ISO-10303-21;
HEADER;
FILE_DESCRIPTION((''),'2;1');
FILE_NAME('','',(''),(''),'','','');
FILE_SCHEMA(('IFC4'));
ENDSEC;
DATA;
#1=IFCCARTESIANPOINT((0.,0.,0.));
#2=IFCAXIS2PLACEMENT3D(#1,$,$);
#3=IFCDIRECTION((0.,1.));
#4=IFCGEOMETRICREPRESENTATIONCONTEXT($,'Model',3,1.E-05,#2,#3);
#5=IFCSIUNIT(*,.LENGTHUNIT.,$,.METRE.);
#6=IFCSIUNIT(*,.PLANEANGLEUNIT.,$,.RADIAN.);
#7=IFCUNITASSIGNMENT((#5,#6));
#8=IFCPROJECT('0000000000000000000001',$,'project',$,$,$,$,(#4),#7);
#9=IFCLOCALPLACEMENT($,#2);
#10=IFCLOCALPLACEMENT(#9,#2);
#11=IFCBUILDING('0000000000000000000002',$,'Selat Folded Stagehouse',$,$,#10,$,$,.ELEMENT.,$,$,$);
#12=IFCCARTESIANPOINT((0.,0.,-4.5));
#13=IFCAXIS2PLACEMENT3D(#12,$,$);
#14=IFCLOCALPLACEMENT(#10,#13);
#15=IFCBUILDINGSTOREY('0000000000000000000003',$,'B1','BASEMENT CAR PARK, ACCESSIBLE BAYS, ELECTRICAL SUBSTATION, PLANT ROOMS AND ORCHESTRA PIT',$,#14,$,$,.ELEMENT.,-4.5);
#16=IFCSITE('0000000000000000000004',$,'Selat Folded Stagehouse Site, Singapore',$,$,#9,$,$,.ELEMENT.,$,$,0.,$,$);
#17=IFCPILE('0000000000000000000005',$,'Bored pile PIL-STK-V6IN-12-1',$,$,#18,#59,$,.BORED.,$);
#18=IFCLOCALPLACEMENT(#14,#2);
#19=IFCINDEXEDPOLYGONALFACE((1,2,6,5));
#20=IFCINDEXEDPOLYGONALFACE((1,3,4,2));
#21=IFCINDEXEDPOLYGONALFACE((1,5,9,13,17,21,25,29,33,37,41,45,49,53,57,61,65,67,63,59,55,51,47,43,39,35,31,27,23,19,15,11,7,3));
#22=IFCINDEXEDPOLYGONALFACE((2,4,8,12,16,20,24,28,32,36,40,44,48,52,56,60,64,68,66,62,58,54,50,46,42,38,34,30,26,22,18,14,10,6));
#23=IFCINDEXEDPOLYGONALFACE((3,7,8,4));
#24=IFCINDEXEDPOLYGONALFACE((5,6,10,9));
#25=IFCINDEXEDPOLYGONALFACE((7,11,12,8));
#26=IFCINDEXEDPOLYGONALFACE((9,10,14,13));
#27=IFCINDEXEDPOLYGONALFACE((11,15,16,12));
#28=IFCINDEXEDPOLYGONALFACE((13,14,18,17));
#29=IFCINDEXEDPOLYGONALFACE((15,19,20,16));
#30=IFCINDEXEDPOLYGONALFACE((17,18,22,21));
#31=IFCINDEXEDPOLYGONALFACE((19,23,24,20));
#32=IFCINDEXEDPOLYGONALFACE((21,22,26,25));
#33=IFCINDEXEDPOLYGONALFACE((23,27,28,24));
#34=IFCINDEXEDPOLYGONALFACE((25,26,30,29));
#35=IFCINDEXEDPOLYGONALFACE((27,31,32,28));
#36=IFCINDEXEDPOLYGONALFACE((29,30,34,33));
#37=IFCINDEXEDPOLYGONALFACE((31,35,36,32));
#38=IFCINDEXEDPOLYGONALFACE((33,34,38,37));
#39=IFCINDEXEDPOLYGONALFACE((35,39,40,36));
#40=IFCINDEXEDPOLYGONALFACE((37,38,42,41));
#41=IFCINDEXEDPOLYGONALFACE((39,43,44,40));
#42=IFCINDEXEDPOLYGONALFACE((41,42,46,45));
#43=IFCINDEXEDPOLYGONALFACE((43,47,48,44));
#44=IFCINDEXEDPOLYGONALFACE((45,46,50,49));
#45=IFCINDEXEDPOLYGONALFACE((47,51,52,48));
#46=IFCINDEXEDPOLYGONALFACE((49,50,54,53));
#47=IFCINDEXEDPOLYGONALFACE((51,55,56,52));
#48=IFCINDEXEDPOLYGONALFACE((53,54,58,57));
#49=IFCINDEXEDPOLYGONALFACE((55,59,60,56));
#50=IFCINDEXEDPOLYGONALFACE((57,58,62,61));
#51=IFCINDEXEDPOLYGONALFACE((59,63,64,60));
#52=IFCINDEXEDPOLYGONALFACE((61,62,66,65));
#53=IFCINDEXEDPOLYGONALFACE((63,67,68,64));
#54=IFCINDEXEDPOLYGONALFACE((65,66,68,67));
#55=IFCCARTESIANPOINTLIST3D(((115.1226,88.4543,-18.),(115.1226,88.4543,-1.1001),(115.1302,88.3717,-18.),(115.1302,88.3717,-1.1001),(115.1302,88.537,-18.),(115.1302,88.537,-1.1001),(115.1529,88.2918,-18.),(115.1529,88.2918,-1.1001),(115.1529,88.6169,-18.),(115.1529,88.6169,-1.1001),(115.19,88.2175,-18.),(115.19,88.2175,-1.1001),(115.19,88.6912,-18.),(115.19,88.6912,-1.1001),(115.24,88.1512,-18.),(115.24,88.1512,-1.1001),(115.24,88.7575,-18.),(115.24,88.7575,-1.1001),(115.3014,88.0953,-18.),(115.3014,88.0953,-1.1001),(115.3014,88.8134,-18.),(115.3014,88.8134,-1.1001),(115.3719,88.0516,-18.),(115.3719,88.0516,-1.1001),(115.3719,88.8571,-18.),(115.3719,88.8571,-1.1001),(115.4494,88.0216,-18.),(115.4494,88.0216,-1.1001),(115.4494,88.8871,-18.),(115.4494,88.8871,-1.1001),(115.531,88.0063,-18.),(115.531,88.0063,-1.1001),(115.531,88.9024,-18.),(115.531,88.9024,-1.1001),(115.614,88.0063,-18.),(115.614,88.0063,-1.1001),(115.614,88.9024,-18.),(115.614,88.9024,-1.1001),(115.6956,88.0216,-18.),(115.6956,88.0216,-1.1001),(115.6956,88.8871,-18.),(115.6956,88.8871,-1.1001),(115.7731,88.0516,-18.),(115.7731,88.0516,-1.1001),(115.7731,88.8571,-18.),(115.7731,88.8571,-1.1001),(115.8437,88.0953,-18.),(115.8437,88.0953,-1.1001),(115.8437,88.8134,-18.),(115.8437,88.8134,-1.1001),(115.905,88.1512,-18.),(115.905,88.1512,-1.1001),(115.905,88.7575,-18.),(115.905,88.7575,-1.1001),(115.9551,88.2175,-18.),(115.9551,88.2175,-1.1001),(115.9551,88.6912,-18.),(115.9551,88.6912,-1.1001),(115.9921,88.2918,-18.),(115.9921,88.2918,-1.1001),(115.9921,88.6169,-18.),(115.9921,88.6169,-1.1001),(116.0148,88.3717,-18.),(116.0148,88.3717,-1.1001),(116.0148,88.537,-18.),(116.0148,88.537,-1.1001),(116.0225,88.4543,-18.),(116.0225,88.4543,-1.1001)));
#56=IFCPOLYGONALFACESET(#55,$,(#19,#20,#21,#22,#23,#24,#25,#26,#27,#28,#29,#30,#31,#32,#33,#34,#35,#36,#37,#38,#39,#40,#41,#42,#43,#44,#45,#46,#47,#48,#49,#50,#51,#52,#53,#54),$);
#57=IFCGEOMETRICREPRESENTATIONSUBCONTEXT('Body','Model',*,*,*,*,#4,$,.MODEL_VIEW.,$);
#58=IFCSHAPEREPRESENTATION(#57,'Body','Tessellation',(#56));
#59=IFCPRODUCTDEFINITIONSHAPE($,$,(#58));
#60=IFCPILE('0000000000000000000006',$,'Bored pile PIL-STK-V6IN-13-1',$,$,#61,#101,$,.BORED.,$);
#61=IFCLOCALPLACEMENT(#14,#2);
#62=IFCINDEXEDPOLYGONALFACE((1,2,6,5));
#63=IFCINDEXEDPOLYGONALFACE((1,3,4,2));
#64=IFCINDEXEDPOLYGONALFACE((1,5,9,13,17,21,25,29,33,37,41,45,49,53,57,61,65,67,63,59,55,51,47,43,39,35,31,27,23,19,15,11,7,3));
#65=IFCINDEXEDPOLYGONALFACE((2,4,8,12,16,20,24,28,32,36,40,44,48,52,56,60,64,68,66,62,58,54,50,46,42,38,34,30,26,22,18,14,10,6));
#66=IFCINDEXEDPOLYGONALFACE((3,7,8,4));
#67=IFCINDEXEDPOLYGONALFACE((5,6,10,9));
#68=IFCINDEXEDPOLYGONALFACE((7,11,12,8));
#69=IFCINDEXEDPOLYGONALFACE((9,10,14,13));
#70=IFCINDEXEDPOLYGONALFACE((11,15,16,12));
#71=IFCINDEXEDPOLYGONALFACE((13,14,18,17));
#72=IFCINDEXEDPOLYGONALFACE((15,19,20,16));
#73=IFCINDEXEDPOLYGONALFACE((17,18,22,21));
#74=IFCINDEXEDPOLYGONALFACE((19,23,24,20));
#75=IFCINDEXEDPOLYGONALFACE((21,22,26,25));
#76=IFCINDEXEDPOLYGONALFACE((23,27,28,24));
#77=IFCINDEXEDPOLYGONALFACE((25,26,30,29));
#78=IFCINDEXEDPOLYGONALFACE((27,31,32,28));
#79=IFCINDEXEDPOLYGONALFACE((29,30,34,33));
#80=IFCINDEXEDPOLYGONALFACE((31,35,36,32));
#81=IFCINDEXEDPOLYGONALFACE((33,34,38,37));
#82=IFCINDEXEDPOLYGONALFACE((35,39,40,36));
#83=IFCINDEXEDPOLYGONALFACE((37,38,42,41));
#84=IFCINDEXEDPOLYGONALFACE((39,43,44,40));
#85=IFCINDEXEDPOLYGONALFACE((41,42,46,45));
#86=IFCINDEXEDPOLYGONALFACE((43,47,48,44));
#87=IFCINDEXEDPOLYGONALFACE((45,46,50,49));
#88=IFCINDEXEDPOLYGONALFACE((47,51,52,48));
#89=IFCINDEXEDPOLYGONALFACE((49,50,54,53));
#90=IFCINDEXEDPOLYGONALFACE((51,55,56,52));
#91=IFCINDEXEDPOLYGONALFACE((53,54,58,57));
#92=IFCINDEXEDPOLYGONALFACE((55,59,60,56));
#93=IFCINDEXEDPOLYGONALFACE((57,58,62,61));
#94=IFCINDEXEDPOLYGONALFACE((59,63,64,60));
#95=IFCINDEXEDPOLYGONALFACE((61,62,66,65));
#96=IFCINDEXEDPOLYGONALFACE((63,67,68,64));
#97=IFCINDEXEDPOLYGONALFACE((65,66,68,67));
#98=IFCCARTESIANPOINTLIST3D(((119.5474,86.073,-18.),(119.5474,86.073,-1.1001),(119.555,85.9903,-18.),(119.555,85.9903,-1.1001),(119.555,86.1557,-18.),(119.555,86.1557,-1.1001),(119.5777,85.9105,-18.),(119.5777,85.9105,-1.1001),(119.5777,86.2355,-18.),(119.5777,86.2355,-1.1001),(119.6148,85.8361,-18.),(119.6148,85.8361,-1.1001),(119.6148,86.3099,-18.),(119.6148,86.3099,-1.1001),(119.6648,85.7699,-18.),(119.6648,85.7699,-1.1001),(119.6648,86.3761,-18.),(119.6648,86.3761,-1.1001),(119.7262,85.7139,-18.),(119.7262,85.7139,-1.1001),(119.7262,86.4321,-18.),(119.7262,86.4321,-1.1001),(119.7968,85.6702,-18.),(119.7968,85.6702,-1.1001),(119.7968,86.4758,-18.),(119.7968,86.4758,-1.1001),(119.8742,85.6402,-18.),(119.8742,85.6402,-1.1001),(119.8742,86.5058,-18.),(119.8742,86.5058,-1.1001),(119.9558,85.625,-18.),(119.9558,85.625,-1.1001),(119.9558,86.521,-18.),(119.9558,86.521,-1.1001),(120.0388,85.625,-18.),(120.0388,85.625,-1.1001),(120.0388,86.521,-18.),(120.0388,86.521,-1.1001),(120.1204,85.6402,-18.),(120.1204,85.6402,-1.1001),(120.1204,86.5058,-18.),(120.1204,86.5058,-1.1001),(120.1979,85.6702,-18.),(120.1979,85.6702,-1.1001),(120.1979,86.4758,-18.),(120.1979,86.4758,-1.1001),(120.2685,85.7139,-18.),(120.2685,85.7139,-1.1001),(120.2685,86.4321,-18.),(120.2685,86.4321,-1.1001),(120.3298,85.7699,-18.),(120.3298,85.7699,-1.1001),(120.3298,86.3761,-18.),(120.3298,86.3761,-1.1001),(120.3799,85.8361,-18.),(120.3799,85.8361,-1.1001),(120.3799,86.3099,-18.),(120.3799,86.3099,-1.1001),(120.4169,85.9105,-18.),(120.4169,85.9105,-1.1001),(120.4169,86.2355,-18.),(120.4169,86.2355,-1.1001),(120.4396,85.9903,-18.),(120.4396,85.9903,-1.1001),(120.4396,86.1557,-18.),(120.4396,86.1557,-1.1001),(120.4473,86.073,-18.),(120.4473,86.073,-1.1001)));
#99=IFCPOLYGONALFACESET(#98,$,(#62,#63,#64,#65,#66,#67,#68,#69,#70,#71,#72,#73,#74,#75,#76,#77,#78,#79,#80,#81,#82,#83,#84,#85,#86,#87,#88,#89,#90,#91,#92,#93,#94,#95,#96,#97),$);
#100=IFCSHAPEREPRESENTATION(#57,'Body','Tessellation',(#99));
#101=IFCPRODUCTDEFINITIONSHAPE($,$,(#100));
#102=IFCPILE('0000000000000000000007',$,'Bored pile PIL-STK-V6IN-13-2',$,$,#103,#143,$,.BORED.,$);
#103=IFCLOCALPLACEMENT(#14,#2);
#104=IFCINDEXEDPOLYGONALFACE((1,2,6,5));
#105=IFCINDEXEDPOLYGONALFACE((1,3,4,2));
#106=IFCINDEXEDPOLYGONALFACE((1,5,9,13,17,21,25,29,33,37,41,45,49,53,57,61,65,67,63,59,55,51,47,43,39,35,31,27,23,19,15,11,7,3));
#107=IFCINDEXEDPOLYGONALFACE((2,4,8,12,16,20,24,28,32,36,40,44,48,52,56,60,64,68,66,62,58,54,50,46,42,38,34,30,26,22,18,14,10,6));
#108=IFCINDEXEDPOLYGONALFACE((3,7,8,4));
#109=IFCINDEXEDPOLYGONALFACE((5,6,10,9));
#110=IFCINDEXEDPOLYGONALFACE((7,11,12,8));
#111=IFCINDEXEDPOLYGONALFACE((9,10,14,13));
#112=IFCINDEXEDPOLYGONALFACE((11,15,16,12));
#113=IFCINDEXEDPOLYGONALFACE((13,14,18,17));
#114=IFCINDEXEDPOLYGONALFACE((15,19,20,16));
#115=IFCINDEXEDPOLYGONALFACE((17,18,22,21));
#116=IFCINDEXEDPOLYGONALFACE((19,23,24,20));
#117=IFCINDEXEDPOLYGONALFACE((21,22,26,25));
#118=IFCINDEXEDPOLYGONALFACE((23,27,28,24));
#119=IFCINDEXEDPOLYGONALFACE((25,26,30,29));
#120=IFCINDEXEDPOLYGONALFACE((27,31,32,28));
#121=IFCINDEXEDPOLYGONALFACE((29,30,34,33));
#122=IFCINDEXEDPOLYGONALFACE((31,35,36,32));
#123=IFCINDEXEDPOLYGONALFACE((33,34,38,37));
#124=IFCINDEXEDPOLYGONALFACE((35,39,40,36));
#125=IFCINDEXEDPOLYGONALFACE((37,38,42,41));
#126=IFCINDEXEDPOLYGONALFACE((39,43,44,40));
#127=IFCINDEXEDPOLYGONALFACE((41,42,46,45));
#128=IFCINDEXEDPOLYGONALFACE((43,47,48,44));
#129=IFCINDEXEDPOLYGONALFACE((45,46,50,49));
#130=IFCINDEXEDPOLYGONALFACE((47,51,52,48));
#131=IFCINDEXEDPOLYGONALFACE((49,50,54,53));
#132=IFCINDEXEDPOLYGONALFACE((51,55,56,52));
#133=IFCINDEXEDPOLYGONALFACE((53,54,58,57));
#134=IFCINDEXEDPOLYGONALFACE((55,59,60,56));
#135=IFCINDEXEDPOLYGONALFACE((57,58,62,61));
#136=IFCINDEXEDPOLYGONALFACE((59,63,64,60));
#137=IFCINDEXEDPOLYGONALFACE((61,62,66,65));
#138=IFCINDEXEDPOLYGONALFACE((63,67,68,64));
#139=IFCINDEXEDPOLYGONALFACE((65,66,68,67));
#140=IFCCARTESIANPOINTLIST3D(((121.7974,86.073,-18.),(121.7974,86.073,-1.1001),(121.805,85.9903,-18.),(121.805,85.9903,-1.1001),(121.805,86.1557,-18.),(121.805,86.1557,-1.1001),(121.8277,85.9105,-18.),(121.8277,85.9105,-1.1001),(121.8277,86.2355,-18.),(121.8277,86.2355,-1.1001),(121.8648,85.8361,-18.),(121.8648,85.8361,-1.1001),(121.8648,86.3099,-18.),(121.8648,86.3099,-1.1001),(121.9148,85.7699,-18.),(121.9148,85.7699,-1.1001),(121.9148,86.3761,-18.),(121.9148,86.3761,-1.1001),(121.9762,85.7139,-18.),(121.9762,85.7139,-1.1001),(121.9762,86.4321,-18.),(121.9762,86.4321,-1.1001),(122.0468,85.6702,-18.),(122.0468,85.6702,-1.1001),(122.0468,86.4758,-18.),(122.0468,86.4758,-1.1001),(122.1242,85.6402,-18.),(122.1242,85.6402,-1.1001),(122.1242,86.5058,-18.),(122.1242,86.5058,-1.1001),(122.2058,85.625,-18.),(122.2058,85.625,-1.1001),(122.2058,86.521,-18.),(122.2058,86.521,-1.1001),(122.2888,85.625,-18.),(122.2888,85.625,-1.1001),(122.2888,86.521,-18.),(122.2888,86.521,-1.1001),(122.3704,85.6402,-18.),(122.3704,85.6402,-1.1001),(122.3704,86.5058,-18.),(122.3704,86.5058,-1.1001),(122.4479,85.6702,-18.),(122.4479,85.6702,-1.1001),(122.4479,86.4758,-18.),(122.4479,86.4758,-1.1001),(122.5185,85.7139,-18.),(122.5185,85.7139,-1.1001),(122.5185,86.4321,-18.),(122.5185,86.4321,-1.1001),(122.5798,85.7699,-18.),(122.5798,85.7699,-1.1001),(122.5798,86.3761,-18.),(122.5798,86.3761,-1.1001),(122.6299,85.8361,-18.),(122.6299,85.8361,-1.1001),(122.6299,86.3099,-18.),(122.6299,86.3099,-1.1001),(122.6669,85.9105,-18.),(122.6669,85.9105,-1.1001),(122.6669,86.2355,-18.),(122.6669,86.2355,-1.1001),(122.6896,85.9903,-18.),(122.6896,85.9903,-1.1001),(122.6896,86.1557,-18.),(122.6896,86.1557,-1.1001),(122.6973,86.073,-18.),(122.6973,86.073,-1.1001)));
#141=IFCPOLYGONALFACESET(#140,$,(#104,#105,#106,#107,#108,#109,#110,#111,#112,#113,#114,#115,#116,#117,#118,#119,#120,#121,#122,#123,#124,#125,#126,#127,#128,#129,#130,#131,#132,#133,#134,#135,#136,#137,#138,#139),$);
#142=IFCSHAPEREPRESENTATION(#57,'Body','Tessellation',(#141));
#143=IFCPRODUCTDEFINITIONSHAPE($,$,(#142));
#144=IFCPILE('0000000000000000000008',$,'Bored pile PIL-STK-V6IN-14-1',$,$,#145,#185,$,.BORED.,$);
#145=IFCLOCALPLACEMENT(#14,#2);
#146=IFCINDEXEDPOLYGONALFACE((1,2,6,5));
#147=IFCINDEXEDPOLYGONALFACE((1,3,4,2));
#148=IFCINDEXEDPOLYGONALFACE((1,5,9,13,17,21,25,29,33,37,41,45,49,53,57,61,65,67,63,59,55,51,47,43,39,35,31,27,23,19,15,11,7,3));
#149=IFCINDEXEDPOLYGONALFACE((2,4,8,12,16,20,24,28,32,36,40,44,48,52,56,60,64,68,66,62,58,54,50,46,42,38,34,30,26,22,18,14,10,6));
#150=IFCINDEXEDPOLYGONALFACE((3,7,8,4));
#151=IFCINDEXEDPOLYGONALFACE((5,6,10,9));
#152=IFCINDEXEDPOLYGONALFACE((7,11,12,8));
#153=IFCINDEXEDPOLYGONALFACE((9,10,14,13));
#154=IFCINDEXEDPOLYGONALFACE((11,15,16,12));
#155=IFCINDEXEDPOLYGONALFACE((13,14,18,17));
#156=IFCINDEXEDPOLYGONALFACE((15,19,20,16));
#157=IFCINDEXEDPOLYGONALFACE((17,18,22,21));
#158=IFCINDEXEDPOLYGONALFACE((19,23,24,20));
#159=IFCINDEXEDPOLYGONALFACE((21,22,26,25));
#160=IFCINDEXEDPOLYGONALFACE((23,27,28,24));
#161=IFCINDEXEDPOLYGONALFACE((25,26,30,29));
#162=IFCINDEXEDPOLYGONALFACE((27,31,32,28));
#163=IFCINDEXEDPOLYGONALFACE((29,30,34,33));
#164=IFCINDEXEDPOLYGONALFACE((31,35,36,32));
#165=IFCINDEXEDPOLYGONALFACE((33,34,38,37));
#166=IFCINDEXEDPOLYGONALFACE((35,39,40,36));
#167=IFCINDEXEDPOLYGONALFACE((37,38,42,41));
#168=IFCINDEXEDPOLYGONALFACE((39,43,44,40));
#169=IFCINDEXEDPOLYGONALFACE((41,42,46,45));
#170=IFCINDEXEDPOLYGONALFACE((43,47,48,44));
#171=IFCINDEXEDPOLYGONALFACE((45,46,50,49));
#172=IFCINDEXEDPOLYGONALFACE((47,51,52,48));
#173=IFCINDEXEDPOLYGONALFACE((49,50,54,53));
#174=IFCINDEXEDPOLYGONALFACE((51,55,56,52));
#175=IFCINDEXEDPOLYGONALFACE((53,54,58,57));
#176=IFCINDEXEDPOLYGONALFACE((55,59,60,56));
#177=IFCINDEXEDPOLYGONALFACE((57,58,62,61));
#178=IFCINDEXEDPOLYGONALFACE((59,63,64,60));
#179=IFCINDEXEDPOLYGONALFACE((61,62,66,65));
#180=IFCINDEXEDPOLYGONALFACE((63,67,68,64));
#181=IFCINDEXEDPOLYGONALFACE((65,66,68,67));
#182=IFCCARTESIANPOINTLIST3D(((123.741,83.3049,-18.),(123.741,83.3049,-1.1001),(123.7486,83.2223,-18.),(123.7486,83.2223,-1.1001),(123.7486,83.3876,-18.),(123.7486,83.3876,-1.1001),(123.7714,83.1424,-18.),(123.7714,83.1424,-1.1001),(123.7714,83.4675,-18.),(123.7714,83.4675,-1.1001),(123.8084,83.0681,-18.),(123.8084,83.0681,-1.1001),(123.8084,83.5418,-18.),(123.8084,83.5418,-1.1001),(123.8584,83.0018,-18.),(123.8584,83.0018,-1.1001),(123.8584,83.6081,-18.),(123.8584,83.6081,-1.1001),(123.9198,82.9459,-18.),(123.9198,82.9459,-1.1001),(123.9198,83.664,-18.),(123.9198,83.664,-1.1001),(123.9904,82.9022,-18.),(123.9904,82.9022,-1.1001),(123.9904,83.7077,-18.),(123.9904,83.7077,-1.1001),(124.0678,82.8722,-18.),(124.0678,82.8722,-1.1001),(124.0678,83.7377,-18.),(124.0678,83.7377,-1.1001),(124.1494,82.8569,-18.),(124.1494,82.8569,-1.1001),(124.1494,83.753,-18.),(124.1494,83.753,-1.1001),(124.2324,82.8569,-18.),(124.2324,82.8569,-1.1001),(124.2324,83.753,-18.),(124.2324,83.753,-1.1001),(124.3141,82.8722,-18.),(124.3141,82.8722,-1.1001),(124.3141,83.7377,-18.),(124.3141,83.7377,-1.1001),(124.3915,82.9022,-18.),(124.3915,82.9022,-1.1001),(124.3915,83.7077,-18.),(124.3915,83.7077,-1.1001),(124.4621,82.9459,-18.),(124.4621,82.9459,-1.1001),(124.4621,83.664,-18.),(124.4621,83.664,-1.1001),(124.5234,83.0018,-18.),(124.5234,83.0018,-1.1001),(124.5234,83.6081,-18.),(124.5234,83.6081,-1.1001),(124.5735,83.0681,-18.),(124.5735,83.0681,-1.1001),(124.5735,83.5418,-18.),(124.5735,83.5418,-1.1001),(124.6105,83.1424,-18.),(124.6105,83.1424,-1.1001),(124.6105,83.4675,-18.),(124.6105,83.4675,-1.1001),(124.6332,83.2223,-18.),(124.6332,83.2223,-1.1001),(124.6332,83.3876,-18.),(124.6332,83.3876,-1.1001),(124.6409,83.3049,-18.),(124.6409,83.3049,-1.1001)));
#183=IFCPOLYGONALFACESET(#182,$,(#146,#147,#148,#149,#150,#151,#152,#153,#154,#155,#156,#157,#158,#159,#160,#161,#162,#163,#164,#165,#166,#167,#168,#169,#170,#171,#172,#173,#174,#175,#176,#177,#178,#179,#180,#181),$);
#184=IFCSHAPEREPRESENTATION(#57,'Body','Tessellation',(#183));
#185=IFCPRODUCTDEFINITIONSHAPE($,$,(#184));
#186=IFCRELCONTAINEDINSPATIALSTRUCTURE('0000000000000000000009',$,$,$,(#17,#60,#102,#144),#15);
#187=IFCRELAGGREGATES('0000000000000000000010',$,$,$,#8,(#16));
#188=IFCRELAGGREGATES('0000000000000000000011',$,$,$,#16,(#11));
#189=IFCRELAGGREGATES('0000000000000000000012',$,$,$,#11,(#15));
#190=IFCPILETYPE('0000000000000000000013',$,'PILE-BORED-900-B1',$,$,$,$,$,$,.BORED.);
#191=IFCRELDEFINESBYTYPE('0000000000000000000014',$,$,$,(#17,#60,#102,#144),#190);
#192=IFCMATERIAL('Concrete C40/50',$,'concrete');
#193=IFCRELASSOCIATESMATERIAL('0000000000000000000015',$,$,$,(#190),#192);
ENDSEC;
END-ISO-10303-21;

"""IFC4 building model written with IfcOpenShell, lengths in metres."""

from ifc_helpers import new_model, si_unit, direction, frame, origin, origin_2d, place, context, subcontext, project, spatial, circle, extrude, material, material_profile, profile_set, type_object, element, save


model = new_model("IFC4")

# Units and contexts
model_context = context("Model", 3, precision=1e-05, world=origin(), true_north=direction((0.0, 1.0)))
body_context = subcontext(model_context, "Body", "Model", "MODEL_VIEW")
ifc_project = project(units=[si_unit("LENGTHUNIT", "METRE"), si_unit("PLANEANGLEUNIT", "RADIAN")], contexts=[model_context])

# Site, building, storey
site_placement = place(None, origin())
site = spatial("IfcSite", under=ifc_project, at=site_placement, Name="Selat Folded Stagehouse Site, Singapore", CompositionType="ELEMENT", RefElevation=0.0)
building_placement = place(site_placement, origin())
building = spatial("IfcBuilding", under=site, at=building_placement, Name="Selat Folded Stagehouse", CompositionType="ELEMENT")
storey_placement = place(building_placement, frame((0.0, 0.0, -4.5)))
storey = spatial("IfcBuildingStorey", under=building, at=storey_placement, Name="B1", Description="BASEMENT CAR PARK, ACCESSIBLE BAYS, ELECTRICAL SUBSTATION, PLANT ROOMS AND ORCHESTRA PIT", CompositionType="ELEMENT", Elevation=-4.5)

# Shared definitions
ifc_material_1 = material(Name="Concrete C40/50", Category="concrete")

# Piles
ifc_material_profile_1 = material_profile(ifc_material_1, circle(Radius=0.45, at=origin_2d()), Name="PILE D900")
ifc_profile_set_1 = profile_set([ifc_material_profile_1], Name="Concrete C40/50")
pile_type = type_object("IfcPileType", Name="PILE-BORED-900-B1", PredefinedType="BORED", material=ifc_profile_set_1)
for number, where, z_axis, x_axis, name in (
    (1, (115.5725, 88.4543, -1.1001), (0.0, 0.0, -1.0), (1.0, 0.0, 0.0), "Bored pile PIL-STK-V6IN-12-1"),
    (2, (119.9973, 86.073, -1.1001), (0.0, 0.0, -1.0), (1.0, 0.0, 0.0), "Bored pile PIL-STK-V6IN-13-1"),
    (3, (122.2473, 86.073, -1.1001), (0.0, 0.0, -1.0), (1.0, 0.0, 0.0), "Bored pile PIL-STK-V6IN-13-2"),
    (4, (124.1909, 83.3049, -1.1001), (0.0, 0.0, -1.0), (1.0, 0.0, 0.0), "Bored pile PIL-STK-V6IN-14-1"),
):
    element("IfcPile", number, at=place(storey_placement, frame(where, z_axis=z_axis, x_axis=x_axis)), inside=storey, type_object=pile_type, Name=name, PredefinedType="BORED", context=body_context, shape_type="SweptSolid", body=[
        extrude(circle(Radius=0.45, at=origin_2d()), origin(), (0.0, 0.0, 1.0), 16.8999),
    ])

save(model, "model.ifc")
